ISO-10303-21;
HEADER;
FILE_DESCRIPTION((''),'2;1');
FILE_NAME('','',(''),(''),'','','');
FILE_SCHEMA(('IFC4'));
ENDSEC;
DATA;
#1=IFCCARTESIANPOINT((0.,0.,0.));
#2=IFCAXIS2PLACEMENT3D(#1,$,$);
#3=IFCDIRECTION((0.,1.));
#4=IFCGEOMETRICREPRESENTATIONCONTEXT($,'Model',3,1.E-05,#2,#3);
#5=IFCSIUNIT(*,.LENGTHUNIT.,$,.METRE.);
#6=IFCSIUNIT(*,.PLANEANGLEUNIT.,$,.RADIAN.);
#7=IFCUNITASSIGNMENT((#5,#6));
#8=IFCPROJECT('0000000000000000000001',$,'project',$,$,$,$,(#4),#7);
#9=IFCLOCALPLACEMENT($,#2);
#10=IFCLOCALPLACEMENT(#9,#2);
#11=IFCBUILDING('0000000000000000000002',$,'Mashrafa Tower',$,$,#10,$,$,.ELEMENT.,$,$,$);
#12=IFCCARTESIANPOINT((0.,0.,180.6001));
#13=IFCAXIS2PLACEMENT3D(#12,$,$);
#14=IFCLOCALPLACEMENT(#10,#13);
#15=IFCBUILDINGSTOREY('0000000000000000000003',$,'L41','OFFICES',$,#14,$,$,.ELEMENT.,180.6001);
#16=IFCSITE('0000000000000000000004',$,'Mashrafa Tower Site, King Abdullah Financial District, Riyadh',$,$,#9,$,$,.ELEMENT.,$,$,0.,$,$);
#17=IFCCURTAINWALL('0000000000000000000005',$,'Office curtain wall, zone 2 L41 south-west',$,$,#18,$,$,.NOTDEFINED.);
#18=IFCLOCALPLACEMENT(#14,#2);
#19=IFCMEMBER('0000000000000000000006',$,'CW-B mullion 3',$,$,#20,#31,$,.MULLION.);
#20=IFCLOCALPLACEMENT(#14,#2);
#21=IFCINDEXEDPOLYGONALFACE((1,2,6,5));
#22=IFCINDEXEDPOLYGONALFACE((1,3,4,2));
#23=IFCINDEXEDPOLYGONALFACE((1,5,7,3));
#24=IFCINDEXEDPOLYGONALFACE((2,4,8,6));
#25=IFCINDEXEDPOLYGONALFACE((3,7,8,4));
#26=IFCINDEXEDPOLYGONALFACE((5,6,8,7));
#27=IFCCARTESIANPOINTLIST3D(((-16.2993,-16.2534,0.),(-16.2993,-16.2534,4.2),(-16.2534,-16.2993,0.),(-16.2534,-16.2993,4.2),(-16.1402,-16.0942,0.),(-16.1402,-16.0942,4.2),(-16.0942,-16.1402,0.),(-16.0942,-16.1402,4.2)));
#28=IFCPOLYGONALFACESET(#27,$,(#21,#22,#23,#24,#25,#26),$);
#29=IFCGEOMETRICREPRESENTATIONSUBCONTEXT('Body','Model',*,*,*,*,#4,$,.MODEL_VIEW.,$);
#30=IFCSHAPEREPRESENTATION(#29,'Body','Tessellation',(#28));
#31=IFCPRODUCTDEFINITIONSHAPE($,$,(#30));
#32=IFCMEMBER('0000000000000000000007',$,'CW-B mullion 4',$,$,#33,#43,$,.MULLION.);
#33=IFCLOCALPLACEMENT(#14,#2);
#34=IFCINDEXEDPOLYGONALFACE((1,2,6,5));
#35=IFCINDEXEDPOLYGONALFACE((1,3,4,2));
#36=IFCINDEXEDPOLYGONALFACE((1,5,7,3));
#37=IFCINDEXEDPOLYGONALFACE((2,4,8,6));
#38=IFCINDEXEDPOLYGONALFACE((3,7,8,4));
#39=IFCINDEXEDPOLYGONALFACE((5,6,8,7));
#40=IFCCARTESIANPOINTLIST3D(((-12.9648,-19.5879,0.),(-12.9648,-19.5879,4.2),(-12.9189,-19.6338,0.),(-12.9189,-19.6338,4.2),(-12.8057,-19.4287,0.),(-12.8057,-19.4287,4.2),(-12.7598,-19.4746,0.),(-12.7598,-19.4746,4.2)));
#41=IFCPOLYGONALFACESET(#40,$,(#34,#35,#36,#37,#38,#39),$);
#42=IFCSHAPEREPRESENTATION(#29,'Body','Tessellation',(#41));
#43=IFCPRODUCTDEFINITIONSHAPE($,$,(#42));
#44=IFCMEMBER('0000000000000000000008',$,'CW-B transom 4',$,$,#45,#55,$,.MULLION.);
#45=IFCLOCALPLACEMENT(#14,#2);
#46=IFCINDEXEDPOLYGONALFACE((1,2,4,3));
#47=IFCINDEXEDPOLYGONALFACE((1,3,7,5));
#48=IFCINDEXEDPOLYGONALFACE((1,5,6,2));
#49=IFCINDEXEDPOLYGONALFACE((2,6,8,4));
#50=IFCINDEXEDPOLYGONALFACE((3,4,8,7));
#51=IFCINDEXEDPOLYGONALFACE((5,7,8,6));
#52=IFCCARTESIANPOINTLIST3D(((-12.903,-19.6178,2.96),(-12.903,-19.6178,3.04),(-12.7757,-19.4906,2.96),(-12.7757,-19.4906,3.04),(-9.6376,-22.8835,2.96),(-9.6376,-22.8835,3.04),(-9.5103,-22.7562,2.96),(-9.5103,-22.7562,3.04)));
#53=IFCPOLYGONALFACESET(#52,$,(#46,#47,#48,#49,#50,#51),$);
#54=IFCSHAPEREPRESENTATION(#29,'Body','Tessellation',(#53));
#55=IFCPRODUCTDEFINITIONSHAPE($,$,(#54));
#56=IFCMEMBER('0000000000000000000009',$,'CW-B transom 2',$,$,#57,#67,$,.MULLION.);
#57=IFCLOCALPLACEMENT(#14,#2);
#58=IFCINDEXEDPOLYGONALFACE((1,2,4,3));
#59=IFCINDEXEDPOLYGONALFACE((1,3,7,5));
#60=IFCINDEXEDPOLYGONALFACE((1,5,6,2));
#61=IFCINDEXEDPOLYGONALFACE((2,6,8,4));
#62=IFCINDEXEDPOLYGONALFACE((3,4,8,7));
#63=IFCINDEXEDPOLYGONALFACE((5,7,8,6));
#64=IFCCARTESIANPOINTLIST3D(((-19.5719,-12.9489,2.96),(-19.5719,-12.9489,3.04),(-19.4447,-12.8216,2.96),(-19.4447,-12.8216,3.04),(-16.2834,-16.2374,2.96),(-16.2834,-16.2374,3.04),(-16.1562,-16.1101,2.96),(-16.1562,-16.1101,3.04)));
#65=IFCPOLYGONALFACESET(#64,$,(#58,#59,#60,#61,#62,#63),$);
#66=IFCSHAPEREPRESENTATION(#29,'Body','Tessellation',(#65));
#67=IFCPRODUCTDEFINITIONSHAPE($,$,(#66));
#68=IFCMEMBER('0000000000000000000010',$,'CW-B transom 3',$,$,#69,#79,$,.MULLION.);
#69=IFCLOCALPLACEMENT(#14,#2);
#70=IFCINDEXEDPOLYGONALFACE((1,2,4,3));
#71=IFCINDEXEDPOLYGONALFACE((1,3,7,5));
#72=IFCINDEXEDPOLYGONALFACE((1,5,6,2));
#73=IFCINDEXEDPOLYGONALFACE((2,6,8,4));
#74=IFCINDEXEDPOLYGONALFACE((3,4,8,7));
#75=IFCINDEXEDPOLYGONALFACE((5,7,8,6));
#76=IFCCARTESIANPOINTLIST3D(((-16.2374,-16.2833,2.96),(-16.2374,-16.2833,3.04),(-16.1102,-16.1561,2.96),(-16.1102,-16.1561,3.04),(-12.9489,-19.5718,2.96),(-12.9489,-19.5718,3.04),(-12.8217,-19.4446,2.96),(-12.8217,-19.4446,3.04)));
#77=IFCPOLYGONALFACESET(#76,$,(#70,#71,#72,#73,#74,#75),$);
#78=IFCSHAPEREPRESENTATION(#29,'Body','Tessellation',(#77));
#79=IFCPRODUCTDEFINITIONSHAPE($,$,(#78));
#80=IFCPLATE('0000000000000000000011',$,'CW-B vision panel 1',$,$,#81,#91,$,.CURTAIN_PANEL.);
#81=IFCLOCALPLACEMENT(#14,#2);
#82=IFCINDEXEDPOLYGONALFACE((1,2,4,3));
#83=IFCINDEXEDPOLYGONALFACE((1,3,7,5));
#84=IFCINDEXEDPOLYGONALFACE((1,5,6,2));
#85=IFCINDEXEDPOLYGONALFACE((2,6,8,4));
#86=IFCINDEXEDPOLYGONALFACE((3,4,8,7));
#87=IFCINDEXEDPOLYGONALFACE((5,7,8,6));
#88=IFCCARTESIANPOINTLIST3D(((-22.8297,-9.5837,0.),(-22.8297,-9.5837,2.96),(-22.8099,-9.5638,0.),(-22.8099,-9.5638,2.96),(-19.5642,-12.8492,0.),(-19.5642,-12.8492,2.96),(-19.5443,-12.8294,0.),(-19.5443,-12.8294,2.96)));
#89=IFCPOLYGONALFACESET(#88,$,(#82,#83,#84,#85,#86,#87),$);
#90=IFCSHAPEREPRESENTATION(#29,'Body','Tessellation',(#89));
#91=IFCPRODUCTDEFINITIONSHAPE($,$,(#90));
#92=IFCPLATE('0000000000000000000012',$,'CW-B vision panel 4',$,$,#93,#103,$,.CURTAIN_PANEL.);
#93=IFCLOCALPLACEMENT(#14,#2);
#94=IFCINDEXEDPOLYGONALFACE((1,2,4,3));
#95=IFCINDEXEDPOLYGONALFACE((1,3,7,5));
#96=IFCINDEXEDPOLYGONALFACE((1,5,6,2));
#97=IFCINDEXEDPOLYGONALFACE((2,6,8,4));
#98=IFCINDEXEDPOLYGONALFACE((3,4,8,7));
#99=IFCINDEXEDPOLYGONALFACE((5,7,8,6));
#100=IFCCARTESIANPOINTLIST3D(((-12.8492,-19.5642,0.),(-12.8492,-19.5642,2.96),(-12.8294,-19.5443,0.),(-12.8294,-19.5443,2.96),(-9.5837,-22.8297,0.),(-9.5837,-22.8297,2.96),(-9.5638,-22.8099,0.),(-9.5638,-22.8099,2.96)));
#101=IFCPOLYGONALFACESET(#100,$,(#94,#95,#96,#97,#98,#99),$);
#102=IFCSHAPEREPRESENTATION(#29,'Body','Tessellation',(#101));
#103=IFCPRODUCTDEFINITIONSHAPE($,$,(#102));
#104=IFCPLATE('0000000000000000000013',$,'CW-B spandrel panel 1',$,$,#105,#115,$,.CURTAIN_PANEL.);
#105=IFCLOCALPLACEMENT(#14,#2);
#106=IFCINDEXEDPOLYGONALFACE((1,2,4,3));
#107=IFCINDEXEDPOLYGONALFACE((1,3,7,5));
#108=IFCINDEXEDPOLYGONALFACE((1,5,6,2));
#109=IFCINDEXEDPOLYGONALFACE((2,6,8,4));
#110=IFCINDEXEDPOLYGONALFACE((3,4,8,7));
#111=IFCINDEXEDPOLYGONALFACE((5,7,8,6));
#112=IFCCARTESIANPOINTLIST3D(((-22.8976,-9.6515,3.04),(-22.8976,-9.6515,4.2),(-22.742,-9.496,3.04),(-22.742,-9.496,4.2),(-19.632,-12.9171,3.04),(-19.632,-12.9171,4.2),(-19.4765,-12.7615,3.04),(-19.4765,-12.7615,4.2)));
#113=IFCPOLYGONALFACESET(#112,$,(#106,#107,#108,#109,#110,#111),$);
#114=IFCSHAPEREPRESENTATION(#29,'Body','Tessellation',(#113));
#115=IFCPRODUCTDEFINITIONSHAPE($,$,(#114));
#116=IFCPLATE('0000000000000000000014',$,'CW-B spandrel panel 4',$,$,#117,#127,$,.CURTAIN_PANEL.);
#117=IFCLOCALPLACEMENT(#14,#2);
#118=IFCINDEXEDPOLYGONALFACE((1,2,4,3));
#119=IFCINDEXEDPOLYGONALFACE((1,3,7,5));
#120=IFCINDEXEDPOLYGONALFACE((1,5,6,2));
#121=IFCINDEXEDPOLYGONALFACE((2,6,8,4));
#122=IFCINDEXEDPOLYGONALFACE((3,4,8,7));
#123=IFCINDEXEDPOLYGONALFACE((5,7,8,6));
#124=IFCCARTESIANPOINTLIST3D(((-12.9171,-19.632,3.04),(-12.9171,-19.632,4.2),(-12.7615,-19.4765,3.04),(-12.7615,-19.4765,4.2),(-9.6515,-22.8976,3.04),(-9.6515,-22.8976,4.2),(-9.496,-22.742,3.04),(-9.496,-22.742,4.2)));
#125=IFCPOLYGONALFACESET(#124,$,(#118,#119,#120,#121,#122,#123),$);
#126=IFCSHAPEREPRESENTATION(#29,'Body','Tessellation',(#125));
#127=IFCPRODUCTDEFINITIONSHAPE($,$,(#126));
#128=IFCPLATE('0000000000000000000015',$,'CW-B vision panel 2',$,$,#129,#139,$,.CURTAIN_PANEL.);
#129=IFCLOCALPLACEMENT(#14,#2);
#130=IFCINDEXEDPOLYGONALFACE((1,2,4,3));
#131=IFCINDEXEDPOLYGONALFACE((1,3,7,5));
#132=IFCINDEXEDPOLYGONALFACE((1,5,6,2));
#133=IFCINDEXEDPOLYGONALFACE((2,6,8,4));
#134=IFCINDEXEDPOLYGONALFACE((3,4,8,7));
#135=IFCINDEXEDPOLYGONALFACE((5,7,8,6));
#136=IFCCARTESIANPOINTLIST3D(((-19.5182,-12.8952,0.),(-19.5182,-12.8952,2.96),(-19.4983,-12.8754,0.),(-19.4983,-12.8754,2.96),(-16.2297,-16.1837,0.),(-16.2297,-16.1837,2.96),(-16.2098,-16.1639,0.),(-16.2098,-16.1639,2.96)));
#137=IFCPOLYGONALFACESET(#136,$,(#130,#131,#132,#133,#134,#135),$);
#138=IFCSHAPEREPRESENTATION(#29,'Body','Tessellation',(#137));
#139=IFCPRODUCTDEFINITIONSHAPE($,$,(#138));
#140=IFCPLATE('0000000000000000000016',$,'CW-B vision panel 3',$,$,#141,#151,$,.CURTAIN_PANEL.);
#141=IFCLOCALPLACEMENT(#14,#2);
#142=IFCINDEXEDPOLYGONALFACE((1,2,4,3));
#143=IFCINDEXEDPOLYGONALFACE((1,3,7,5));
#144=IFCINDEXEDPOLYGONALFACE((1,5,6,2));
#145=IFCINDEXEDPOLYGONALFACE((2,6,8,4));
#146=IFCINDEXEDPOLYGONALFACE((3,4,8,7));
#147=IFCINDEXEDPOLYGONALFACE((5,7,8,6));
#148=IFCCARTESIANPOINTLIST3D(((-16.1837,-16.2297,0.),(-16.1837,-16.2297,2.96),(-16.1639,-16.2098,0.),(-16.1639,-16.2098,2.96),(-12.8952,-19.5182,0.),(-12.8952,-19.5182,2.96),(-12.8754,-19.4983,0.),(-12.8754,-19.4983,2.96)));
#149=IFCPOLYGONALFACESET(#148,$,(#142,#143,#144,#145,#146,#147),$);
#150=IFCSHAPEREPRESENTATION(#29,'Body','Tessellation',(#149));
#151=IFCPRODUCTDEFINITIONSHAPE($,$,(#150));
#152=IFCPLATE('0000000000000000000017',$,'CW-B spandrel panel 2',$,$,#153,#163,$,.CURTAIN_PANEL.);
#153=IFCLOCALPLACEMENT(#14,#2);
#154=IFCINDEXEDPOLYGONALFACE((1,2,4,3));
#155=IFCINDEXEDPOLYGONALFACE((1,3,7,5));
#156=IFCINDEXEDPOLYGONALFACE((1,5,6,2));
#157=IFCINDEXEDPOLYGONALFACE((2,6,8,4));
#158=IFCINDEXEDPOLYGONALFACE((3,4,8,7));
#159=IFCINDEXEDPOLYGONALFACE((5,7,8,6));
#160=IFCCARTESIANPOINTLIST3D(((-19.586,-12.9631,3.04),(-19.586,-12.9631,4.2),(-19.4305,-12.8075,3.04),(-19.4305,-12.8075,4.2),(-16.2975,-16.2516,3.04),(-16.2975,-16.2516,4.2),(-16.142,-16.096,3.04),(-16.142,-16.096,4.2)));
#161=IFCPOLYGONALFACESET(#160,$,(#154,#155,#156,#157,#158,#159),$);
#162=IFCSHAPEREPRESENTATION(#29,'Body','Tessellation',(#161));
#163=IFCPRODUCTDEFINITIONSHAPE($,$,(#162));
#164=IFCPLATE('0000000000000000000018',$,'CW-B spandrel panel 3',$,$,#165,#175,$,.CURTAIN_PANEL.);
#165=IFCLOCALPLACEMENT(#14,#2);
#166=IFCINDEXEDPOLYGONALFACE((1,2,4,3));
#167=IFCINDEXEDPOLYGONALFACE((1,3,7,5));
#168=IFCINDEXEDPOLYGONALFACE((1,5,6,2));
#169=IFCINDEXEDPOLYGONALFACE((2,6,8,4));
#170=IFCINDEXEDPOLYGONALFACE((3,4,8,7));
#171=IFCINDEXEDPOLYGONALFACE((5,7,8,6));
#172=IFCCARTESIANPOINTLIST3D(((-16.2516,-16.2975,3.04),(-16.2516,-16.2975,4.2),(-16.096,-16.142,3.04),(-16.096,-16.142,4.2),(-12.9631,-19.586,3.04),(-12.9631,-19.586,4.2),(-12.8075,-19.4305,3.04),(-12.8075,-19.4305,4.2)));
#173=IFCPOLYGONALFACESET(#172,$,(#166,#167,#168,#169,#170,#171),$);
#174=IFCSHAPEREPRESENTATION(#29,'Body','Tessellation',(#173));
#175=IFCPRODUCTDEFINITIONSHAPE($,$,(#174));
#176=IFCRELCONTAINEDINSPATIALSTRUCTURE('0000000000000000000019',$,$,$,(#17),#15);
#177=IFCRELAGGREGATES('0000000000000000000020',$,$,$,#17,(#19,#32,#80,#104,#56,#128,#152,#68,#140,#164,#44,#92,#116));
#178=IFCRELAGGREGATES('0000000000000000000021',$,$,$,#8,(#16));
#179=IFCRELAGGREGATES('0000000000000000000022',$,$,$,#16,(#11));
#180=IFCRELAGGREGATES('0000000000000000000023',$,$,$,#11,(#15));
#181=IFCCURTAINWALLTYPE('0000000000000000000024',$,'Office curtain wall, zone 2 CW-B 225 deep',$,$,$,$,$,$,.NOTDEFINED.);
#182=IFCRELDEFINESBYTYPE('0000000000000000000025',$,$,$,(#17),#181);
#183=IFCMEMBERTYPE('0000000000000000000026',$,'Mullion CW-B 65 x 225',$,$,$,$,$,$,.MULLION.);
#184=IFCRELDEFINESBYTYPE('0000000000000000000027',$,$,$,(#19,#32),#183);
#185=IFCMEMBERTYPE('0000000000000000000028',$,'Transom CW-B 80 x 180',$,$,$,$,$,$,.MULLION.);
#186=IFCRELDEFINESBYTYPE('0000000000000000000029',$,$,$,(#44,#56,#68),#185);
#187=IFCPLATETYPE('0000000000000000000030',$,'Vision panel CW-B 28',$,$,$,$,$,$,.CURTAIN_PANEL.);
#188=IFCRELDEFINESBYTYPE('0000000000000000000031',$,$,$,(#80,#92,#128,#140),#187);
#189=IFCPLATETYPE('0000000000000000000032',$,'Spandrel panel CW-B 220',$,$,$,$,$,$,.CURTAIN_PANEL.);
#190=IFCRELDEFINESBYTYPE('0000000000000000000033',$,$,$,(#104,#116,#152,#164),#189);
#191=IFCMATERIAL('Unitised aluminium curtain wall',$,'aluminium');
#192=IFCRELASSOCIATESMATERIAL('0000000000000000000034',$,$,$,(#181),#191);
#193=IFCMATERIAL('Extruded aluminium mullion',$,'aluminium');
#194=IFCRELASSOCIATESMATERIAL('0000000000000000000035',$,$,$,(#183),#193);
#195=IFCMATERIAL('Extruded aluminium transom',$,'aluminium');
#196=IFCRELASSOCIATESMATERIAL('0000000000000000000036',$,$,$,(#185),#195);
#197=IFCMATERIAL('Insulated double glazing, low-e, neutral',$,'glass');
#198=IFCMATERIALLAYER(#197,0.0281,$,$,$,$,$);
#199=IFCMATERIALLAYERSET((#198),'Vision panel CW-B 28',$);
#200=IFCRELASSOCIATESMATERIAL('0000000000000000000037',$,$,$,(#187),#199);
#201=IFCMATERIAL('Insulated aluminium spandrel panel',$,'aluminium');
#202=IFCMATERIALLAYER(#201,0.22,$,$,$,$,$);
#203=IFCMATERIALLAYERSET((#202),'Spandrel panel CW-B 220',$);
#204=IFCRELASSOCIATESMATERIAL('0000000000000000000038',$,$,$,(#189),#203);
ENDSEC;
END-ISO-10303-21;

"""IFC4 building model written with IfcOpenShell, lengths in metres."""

from ifc_helpers import new_model, si_unit, direction, frame, origin, origin_2d, place, context, subcontext, project, spatial, rectangle, extrude, source, transform, mapped, material, layer, layer_set, material_profile, profile_set, type_object, type_shapes, element, aggregate, save


model = new_model("IFC4")

# Units and contexts
model_context = context("Model", 3, precision=1e-05, world=origin(), true_north=direction((0.0, 1.0)))
body_context = subcontext(model_context, "Body", "Model", "MODEL_VIEW")
ifc_project = project(units=[si_unit("LENGTHUNIT", "METRE"), si_unit("PLANEANGLEUNIT", "RADIAN")], contexts=[model_context])

# Site, building, storey
site_placement = place(None, origin())
site = spatial("IfcSite", under=ifc_project, at=site_placement, Name="Mashrafa Tower Site, King Abdullah Financial District, Riyadh", CompositionType="ELEMENT", RefElevation=0.0)
building_placement = place(site_placement, origin())
building = spatial("IfcBuilding", under=site, at=building_placement, Name="Mashrafa Tower", CompositionType="ELEMENT")
storey_placement = place(building_placement, frame((0.0, 0.0, 180.6001)))
storey = spatial("IfcBuildingStorey", under=building, at=storey_placement, Name="L41", Description="OFFICES", CompositionType="ELEMENT", Elevation=180.6001)

# Curtain wall, members, plates
ifc_material_1 = material(Name="Unitised aluminium curtain wall", Category="aluminium")
curtain_wall_type = type_object("IfcCurtainWallType", Name="Office curtain wall, zone 2 CW-B 225 deep", PredefinedType="NOTDEFINED", material=ifc_material_1)
curtain_wall_placement = place(storey_placement, origin())
curtain_wall = element("IfcCurtainWall", 1, at=curtain_wall_placement, inside=storey, type_object=curtain_wall_type, Name="Office curtain wall, zone 2 L41 south-west", PredefinedType="NOTDEFINED")
ifc_material_2 = material(Name="Extruded aluminium mullion", Category="aluminium")
ifc_material_profile_1 = material_profile(ifc_material_2, rectangle(XDim=0.2251, YDim=0.0649, at=origin_2d()), Name="Mullion 65x225")
ifc_profile_set_1 = profile_set([ifc_material_profile_1], Name="Extruded aluminium mullion")
member_type_1 = type_object("IfcMemberType", Name="Mullion CW-B 65 x 225", PredefinedType="MULLION", material=ifc_profile_set_1)
shared_shape_1 = source(origin(), body_context, "Body", "SweptSolid", [
    extrude(rectangle(XDim=0.2251, YDim=0.0649, at=origin_2d()), origin(), (0.0, 0.0, 1.0), 4.2),
])
type_shapes(member_type_1, [shared_shape_1])
member_1_placement = place(storey_placement, frame((-16.1968, -16.1968, 0.0), z_axis=(0.0, 0.0, 1.0), x_axis=(0.707107, 0.707107, 0.0)))
member_1 = element("IfcMember", 2, at=member_1_placement, type_object=member_type_1, Name="CW-B mullion 3", PredefinedType="MULLION", context=body_context, shape_type="MappedRepresentation", body=[
    mapped(shared_shape_1, transform((0.0, 0.0, 0.0))),
])
member_2_placement = place(storey_placement, frame((-12.8623, -19.5312, 0.0), z_axis=(0.0, 0.0, 1.0), x_axis=(0.707107, 0.707107, 0.0)))
member_2 = element("IfcMember", 3, at=member_2_placement, type_object=member_type_1, Name="CW-B mullion 4", PredefinedType="MULLION", context=body_context, shape_type="MappedRepresentation", body=[
    mapped(shared_shape_1, transform((0.0, 0.0, 0.0))),
])
ifc_material_3 = material(Name="Extruded aluminium transom", Category="aluminium")
ifc_material_profile_2 = material_profile(ifc_material_3, rectangle(XDim=0.1799, YDim=0.0801, at=origin_2d()), Name="Transom 80x180")
ifc_profile_set_2 = profile_set([ifc_material_profile_2], Name="Extruded aluminium transom")
member_type_2 = type_object("IfcMemberType", Name="Transom CW-B 80 x 180", PredefinedType="MULLION", material=ifc_profile_set_2)
shared_shape_2 = source(origin(), body_context, "Body", "SweptSolid", [
    extrude(rectangle(XDim=0.1799, YDim=0.0801, at=origin_2d()), origin(), (0.0, 0.0, 1.0), 4.6182),
])
member_3_placement = place(storey_placement, frame((-12.8394, -19.5542, 3.0), z_axis=(0.70708, -0.707133, 0.0), x_axis=(0.707133, 0.70708, 0.0)))
member_3 = element("IfcMember", 4, at=member_3_placement, type_object=member_type_2, Name="CW-B transom 4", PredefinedType="MULLION", context=body_context, shape_type="MappedRepresentation", body=[
    mapped(shared_shape_2, transform((0.0, 0.0, 0.0))),
])
shared_shape_3 = source(origin(), body_context, "Body", "SweptSolid", [
    extrude(rectangle(XDim=0.1799, YDim=0.0801, at=origin_2d()), origin(), (0.0, 0.0, 1.0), 4.6506),
])
type_shapes(member_type_2, [shared_shape_2, shared_shape_3])
member_4_placement = place(storey_placement, frame((-19.5083, -12.8853, 3.0), z_axis=(0.707107, -0.707107, 0.0), x_axis=(0.707107, 0.707107, 0.0)))
member_4 = element("IfcMember", 5, at=member_4_placement, type_object=member_type_2, Name="CW-B transom 2", PredefinedType="MULLION", context=body_context, shape_type="MappedRepresentation", body=[
    mapped(shared_shape_3, transform((0.0, 0.0, 0.0))),
])
member_5_placement = place(storey_placement, frame((-16.1738, -16.2197, 3.0), z_axis=(0.707107, -0.707107, 0.0), x_axis=(0.707107, 0.707107, 0.0)))
member_5 = element("IfcMember", 6, at=member_5_placement, type_object=member_type_2, Name="CW-B transom 3", PredefinedType="MULLION", context=body_context, shape_type="MappedRepresentation", body=[
    mapped(shared_shape_3, transform((0.0, 0.0, 0.0))),
])
ifc_material_4 = material(Name="Insulated double glazing, low-e, neutral", Category="glass")
ifc_layer_1 = layer(ifc_material_4, 0.0281)
ifc_layer_set_1 = layer_set([ifc_layer_1], Name="Vision panel CW-B 28")
plate_type_1 = type_object("IfcPlateType", Name="Vision panel CW-B 28", PredefinedType="CURTAIN_PANEL", material=ifc_layer_set_1)
shared_shape_4 = source(origin(), body_context, "Body", "SweptSolid", [
    extrude(rectangle(XDim=4.6182, YDim=0.0281, at=origin_2d()), origin(), (0.0, 0.0, 1.0), 2.96),
])
plate_1_placement = place(storey_placement, frame((-21.187, -11.2065, 0.0), z_axis=(0.0, 0.0, 1.0), x_axis=(0.707107, -0.707107, 0.0)))
plate_1 = element("IfcPlate", 7, at=plate_1_placement, type_object=plate_type_1, Name="CW-B vision panel 1", PredefinedType="CURTAIN_PANEL", context=body_context, shape_type="MappedRepresentation", body=[
    mapped(shared_shape_4, transform((0.0, 0.0, 0.0))),
])
plate_2_placement = place(storey_placement, frame((-11.2065, -21.187, 0.0), z_axis=(0.0, 0.0, 1.0), x_axis=(0.707107, -0.707107, 0.0)))
plate_2 = element("IfcPlate", 8, at=plate_2_placement, type_object=plate_type_1, Name="CW-B vision panel 4", PredefinedType="CURTAIN_PANEL", context=body_context, shape_type="MappedRepresentation", body=[
    mapped(shared_shape_4, transform((0.0, 0.0, 0.0))),
])
ifc_material_5 = material(Name="Insulated aluminium spandrel panel", Category="aluminium")
ifc_layer_2 = layer(ifc_material_5, 0.22)
ifc_layer_set_2 = layer_set([ifc_layer_2], Name="Spandrel panel CW-B 220")
plate_type_2 = type_object("IfcPlateType", Name="Spandrel panel CW-B 220", PredefinedType="CURTAIN_PANEL", material=ifc_layer_set_2)
shared_shape_5 = source(origin(), body_context, "Body", "SweptSolid", [
    extrude(rectangle(XDim=4.6182, YDim=0.22, at=origin_2d()), origin(), (0.0, 0.0, 1.0), 1.1599),
])
plate_3_placement = place(storey_placement, frame((-21.187, -11.2065, 3.04), z_axis=(0.0, 0.0, 1.0), x_axis=(0.707107, -0.707107, 0.0)))
plate_3 = element("IfcPlate", 9, at=plate_3_placement, type_object=plate_type_2, Name="CW-B spandrel panel 1", PredefinedType="CURTAIN_PANEL", context=body_context, shape_type="MappedRepresentation", body=[
    mapped(shared_shape_5, transform((0.0, 0.0, 0.0))),
])
plate_4_placement = place(storey_placement, frame((-11.2065, -21.187, 3.04), z_axis=(0.0, 0.0, 1.0), x_axis=(0.707107, -0.707107, 0.0)))
plate_4 = element("IfcPlate", 10, at=plate_4_placement, type_object=plate_type_2, Name="CW-B spandrel panel 4", PredefinedType="CURTAIN_PANEL", context=body_context, shape_type="MappedRepresentation", body=[
    mapped(shared_shape_5, transform((0.0, 0.0, 0.0))),
])
shared_shape_6 = source(origin(), body_context, "Body", "SweptSolid", [
    extrude(rectangle(XDim=4.6506, YDim=0.0281, at=origin_2d()), origin(), (0.0, 0.0, 1.0), 2.96),
])
type_shapes(plate_type_1, [shared_shape_4, shared_shape_6])
plate_5_placement = place(storey_placement, frame((-17.864, -14.5295, 0.0), z_axis=(0.0, 0.0, 1.0), x_axis=(0.707107, -0.707107, 0.0)))
plate_5 = element("IfcPlate", 11, at=plate_5_placement, type_object=plate_type_1, Name="CW-B vision panel 2", PredefinedType="CURTAIN_PANEL", context=body_context, shape_type="MappedRepresentation", body=[
    mapped(shared_shape_6, transform((0.0, 0.0, 0.0))),
])
plate_6_placement = place(storey_placement, frame((-14.5295, -17.864, 0.0), z_axis=(0.0, 0.0, 1.0), x_axis=(0.707107, -0.707107, 0.0)))
plate_6 = element("IfcPlate", 12, at=plate_6_placement, type_object=plate_type_1, Name="CW-B vision panel 3", PredefinedType="CURTAIN_PANEL", context=body_context, shape_type="MappedRepresentation", body=[
    mapped(shared_shape_6, transform((0.0, 0.0, 0.0))),
])
shared_shape_7 = source(origin(), body_context, "Body", "SweptSolid", [
    extrude(rectangle(XDim=4.6506, YDim=0.22, at=origin_2d()), origin(), (0.0, 0.0, 1.0), 1.1599),
])
type_shapes(plate_type_2, [shared_shape_5, shared_shape_7])
plate_7_placement = place(storey_placement, frame((-17.864, -14.5295, 3.04), z_axis=(0.0, 0.0, 1.0), x_axis=(0.707107, -0.707107, 0.0)))
plate_7 = element("IfcPlate", 13, at=plate_7_placement, type_object=plate_type_2, Name="CW-B spandrel panel 2", PredefinedType="CURTAIN_PANEL", context=body_context, shape_type="MappedRepresentation", body=[
    mapped(shared_shape_7, transform((0.0, 0.0, 0.0))),
])
plate_8_placement = place(storey_placement, frame((-14.5295, -17.864, 3.04), z_axis=(0.0, 0.0, 1.0), x_axis=(0.707107, -0.707107, 0.0)))
plate_8 = element("IfcPlate", 14, at=plate_8_placement, type_object=plate_type_2, Name="CW-B spandrel panel 3", PredefinedType="CURTAIN_PANEL", context=body_context, shape_type="MappedRepresentation", body=[
    mapped(shared_shape_7, transform((0.0, 0.0, 0.0))),
])
aggregate(curtain_wall, [member_1, member_2, plate_1, plate_3, member_4, plate_5, plate_7, member_5, plate_6, plate_8, member_3, plate_2, plate_4])

save(model, "model.ifc")
